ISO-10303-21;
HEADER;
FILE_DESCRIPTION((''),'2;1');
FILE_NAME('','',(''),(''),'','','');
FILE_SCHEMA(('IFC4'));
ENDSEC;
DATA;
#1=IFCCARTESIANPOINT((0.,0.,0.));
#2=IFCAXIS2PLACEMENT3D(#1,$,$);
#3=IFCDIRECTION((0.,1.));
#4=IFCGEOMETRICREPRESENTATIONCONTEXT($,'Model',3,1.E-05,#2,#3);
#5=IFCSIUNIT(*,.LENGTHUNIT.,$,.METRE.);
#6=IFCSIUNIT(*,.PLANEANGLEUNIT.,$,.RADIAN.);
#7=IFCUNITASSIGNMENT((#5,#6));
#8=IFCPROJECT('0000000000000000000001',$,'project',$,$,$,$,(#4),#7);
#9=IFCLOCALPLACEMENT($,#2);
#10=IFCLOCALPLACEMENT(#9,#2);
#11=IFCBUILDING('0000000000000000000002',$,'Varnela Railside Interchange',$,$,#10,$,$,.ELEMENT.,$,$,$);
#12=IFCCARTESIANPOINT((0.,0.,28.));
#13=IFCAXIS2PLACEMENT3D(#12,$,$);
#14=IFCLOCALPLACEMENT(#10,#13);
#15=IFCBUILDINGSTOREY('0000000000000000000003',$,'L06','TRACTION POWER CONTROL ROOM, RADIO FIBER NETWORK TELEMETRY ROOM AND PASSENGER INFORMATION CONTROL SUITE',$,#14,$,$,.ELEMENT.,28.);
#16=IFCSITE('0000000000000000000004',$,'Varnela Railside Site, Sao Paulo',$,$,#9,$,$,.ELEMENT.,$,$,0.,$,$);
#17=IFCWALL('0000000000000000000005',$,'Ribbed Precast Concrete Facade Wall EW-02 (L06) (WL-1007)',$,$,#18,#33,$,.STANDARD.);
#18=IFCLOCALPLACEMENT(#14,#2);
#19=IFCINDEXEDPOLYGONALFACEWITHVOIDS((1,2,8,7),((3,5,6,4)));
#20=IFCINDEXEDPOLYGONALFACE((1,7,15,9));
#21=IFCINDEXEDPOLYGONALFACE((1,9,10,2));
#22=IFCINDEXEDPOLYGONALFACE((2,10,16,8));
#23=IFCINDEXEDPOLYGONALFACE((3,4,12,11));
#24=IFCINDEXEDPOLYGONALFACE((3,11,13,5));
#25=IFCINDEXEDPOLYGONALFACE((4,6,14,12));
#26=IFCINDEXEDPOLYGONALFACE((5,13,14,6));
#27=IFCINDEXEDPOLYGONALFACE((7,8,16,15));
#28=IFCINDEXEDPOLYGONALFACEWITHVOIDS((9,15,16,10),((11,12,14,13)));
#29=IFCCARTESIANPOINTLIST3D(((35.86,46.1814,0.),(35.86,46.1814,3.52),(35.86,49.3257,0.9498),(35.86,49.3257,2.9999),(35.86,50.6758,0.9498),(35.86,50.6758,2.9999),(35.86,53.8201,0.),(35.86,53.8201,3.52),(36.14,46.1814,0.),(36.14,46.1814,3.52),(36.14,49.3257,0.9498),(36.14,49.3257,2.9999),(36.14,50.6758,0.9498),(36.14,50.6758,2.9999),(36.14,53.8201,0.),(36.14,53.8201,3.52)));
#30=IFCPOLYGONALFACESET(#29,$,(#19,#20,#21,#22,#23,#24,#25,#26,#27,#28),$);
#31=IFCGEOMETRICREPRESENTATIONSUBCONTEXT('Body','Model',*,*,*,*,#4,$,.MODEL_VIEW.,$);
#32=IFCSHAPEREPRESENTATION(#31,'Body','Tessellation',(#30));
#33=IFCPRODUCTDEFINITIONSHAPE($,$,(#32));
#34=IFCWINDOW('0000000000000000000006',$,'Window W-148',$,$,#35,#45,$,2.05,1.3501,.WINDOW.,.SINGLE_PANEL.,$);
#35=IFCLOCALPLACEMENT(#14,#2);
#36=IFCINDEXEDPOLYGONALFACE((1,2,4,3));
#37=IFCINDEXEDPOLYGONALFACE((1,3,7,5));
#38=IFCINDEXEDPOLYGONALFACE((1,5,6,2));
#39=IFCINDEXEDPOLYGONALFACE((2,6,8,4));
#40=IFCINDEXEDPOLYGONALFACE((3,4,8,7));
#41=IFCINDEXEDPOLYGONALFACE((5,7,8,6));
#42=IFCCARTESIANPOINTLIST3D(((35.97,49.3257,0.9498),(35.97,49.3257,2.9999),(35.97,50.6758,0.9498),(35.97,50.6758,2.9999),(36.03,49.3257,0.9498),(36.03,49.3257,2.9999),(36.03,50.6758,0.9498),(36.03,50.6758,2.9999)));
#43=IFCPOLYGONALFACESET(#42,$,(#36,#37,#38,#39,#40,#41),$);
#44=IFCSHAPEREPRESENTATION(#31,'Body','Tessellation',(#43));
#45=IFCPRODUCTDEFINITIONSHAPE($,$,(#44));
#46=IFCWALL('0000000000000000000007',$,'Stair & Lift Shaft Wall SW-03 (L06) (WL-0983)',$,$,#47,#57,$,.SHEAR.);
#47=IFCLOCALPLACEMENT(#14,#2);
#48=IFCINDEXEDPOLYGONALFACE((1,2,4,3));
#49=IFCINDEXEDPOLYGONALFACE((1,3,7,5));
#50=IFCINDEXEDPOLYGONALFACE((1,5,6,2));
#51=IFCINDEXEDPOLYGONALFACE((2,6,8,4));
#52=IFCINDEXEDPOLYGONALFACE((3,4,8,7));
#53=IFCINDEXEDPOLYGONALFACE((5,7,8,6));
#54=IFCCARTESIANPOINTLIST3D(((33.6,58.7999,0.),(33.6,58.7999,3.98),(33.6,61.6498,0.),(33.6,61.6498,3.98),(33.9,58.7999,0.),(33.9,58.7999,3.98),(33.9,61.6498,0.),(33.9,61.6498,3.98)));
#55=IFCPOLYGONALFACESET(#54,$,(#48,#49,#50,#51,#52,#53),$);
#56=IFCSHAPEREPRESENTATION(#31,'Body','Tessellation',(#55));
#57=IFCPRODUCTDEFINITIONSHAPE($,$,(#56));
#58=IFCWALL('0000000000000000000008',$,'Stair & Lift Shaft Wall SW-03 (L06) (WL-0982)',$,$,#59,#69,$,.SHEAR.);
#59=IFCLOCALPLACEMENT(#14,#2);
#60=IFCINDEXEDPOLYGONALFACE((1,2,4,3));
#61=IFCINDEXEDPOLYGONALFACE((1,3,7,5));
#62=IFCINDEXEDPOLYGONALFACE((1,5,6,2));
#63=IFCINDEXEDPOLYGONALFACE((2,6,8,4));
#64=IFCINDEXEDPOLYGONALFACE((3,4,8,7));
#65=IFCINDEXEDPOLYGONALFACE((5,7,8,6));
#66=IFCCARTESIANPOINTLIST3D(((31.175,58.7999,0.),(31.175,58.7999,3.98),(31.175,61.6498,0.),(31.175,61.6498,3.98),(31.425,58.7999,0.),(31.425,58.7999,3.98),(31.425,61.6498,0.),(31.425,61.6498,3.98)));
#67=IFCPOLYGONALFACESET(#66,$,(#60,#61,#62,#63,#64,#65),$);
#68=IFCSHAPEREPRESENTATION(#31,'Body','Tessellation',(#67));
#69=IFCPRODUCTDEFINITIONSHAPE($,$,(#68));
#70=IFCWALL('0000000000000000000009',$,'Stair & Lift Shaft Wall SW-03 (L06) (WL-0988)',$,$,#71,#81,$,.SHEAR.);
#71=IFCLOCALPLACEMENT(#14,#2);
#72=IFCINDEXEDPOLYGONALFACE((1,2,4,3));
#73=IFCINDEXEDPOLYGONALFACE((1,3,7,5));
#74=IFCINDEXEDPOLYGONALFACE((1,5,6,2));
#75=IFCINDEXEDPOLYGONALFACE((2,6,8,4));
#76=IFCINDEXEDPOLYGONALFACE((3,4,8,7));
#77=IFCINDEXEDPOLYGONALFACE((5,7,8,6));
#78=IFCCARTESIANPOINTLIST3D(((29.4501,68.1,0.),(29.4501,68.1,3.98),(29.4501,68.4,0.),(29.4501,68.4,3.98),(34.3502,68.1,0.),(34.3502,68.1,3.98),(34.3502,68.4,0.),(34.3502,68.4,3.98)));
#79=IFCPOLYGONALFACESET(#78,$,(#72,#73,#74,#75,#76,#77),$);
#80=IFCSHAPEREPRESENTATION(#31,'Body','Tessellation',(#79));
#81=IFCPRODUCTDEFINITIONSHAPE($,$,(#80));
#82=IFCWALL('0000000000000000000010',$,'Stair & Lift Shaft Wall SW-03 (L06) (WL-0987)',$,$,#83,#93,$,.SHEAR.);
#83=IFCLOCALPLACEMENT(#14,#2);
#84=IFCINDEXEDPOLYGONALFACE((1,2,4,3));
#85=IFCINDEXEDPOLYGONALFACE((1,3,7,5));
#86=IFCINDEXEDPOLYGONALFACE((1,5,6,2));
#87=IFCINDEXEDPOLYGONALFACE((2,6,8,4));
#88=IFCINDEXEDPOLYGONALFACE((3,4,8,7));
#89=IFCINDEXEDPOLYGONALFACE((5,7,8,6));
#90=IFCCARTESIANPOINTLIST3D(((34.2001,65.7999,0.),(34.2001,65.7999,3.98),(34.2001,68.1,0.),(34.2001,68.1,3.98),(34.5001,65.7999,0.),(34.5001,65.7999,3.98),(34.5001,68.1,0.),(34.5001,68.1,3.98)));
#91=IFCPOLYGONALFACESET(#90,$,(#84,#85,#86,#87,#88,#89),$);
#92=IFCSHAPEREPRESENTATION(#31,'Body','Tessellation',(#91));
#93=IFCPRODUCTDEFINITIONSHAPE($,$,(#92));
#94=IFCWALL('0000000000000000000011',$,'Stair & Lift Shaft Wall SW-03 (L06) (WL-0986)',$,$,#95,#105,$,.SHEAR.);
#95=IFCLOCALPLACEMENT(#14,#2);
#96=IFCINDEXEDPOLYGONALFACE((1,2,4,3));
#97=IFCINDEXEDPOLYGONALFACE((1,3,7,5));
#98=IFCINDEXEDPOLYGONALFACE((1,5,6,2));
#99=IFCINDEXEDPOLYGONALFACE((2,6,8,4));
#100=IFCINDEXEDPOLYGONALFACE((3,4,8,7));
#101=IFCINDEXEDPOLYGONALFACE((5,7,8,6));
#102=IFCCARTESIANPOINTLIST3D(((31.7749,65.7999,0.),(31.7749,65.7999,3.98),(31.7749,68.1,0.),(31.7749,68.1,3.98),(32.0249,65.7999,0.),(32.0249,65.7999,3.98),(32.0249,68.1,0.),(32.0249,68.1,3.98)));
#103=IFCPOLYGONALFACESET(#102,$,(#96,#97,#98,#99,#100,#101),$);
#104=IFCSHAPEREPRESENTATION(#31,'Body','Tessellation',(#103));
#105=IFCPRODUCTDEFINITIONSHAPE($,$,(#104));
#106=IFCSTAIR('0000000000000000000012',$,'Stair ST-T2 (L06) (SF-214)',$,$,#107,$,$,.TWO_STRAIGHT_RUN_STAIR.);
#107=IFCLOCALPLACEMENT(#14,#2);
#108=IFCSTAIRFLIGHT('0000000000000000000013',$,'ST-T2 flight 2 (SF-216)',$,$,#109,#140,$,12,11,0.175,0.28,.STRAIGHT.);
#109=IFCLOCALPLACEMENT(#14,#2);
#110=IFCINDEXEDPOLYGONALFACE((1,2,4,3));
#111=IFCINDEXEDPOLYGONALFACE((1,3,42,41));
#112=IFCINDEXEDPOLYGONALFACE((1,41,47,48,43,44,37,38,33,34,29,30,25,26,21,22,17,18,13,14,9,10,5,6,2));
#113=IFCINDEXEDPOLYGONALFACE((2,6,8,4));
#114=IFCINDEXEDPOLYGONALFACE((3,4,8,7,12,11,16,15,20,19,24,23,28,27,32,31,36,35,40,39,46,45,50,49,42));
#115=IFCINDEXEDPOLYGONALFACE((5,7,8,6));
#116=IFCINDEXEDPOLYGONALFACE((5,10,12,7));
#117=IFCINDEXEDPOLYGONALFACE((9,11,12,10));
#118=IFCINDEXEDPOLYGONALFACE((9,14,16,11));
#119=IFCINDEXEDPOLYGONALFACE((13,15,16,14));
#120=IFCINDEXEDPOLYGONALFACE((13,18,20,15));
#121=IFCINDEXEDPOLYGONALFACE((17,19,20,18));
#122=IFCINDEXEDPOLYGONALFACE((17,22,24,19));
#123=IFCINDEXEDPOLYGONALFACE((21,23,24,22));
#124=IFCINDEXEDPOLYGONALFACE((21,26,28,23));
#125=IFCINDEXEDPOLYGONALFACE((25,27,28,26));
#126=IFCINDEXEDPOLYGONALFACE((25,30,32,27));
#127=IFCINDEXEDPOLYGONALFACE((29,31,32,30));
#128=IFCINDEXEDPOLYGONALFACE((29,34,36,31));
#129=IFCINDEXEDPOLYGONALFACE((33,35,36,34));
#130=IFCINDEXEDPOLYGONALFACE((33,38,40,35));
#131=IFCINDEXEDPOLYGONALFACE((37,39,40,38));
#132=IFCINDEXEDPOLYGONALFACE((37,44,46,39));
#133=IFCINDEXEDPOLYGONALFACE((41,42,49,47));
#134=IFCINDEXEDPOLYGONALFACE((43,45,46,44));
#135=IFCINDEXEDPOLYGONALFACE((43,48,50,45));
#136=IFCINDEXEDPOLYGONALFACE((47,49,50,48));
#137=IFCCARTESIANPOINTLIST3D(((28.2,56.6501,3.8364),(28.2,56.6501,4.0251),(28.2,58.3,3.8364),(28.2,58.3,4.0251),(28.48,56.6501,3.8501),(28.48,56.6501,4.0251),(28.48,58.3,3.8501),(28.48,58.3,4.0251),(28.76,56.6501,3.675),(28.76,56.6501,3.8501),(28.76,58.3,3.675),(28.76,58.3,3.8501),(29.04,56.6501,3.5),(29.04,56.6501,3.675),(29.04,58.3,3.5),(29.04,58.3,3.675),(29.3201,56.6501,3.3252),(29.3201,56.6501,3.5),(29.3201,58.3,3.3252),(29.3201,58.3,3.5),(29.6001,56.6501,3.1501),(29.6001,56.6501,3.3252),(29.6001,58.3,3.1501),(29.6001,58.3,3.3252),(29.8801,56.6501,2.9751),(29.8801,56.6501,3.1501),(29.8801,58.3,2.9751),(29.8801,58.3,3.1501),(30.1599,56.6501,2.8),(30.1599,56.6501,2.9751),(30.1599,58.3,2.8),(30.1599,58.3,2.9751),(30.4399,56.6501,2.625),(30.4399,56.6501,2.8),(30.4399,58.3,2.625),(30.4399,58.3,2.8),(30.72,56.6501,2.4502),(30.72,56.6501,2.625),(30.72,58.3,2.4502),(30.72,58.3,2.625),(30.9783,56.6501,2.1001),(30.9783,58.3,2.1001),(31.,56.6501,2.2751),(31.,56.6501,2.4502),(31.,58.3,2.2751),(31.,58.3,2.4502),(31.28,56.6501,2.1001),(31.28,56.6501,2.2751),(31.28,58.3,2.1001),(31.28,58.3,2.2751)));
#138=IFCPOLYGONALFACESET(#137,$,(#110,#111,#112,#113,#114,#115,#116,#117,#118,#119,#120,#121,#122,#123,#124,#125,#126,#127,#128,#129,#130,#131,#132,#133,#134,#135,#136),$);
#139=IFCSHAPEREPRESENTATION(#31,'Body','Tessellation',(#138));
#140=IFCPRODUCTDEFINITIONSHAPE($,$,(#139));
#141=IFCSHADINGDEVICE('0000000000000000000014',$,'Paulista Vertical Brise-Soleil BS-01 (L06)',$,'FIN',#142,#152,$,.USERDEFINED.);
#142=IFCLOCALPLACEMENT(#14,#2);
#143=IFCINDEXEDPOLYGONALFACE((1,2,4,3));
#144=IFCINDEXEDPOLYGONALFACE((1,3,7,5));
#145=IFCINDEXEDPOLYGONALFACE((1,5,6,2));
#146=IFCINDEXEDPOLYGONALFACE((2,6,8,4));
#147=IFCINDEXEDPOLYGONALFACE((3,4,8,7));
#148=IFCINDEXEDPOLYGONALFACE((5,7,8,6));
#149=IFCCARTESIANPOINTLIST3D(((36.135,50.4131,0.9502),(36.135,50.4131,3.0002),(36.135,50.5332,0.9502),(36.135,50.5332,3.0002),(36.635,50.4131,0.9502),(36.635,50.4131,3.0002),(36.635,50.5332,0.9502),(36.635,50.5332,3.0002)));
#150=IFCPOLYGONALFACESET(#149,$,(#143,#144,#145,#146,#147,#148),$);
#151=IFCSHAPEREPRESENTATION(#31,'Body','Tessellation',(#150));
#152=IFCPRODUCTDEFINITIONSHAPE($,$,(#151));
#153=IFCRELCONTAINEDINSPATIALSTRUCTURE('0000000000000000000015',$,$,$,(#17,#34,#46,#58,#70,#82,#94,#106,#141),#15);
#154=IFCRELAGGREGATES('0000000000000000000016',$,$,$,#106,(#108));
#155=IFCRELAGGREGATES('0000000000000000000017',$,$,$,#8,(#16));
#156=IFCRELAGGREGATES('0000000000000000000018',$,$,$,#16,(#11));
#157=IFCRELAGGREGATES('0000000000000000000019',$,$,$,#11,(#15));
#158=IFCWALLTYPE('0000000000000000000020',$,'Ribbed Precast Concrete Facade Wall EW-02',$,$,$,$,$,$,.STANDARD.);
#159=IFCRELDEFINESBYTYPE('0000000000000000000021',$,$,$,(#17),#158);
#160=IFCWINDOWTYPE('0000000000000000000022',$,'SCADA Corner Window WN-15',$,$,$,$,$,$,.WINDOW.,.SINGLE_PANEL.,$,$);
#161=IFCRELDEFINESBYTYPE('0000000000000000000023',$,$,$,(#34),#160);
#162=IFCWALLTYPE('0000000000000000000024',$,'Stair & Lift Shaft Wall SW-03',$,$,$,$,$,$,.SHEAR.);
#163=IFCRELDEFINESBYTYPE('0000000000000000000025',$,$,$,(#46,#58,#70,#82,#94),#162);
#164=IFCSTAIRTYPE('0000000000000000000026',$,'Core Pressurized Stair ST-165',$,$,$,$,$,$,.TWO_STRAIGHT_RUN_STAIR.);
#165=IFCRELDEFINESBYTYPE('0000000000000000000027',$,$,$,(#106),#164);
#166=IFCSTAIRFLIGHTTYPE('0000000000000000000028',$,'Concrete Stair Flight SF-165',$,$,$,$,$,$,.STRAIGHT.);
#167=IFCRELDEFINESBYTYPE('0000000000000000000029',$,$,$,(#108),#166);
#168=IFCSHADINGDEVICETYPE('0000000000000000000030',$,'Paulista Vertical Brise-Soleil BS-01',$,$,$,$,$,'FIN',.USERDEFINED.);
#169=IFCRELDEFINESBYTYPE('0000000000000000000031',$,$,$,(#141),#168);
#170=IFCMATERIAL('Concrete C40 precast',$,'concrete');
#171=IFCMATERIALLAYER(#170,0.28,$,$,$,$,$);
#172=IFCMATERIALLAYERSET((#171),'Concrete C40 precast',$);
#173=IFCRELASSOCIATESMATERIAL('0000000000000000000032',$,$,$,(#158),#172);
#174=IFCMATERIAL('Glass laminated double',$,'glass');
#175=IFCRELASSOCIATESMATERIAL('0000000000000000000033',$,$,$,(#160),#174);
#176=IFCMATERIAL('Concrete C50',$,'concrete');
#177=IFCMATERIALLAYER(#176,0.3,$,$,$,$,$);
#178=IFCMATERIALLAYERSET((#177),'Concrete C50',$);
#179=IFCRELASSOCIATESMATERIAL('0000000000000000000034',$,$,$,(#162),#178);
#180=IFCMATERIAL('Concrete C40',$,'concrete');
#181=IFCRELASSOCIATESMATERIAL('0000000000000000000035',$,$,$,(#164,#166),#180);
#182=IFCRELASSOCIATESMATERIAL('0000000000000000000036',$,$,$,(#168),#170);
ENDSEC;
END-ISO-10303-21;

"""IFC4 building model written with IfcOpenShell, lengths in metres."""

from ifc_helpers import new_model, si_unit, direction, frame, frame_2d, origin, origin_2d, place, context, subcontext, project, spatial, polyline, rectangle, outline, extrude, material, layer, layer_set, type_object, element, fill, aggregate, save


model = new_model("IFC4")

# Units and contexts
model_context = context("Model", 3, precision=1e-05, world=origin(), true_north=direction((0.0, 1.0)))
body_context = subcontext(model_context, "Body", "Model", "MODEL_VIEW")
ifc_project = project(units=[si_unit("LENGTHUNIT", "METRE"), si_unit("PLANEANGLEUNIT", "RADIAN")], contexts=[model_context])

# Site, building, storey
site_placement = place(None, origin())
site = spatial("IfcSite", under=ifc_project, at=site_placement, Name="Varnela Railside Site, Sao Paulo", CompositionType="ELEMENT", RefElevation=0.0)
building_placement = place(site_placement, origin())
building = spatial("IfcBuilding", under=site, at=building_placement, Name="Varnela Railside Interchange", CompositionType="ELEMENT")
storey_placement = place(building_placement, frame((0.0, 0.0, 28.0)))
storey = spatial("IfcBuildingStorey", under=building, at=storey_placement, Name="L06", Description="TRACTION POWER CONTROL ROOM, RADIO FIBER NETWORK TELEMETRY ROOM AND PASSENGER INFORMATION CONTROL SUITE", CompositionType="ELEMENT", Elevation=28.0)

# Shared definitions
ifc_material_1 = material(Name="Concrete C40", Category="concrete")

# Shared definitions
ifc_material_2 = material(Name="Concrete C50", Category="concrete")

# Wall, opening, window
ifc_material_3 = material(Name="Glass laminated double", Category="glass")
ifc_material_4 = material(Name="Concrete C40 precast", Category="concrete")
ifc_layer_1 = layer(ifc_material_4, 0.28)
ifc_layer_set_1 = layer_set([ifc_layer_1], Name="Concrete C40 precast")
wall_type_1 = type_object("IfcWallType", Name="Ribbed Precast Concrete Facade Wall EW-02", PredefinedType="STANDARD", material=ifc_layer_set_1)
wall_1_placement = place(storey_placement, frame((36.0, 53.8201, 0.0), z_axis=(0.0, 0.0, 1.0), x_axis=(0.0, -1.0, 0.0)))
wall_1 = element("IfcWall", 1, at=wall_1_placement, inside=storey, type_object=wall_type_1, Name="Ribbed Precast Concrete Facade Wall EW-02 (L06) (WL-1007)", PredefinedType="STANDARD", context=body_context, shape_type="SweptSolid", body=[
    extrude(rectangle(XDim=7.6387, YDim=0.28, at=frame_2d((3.8193, 0.0))), origin(), (0.0, 0.0, 1.0), 3.52),
])
opening_1_placement = place(wall_1_placement, frame((3.1443, 0.0, 0.95)))
opening_1 = element("IfcOpeningElement", 2, at=opening_1_placement, cuts=wall_1, PredefinedType="OPENING", context=body_context, shape_type="SweptSolid", body=[
    extrude(rectangle(XDim=1.3501, YDim=2.05, at=frame_2d((0.675, 1.0249))), frame((0.0, 0.1499, 0.0), z_axis=(0.0, -1.0, 0.0), x_axis=(1.0, 0.0, 0.0)), (0.0, 0.0, 1.0), 0.3),
])
window_type_1 = type_object("IfcWindowType", Name="SCADA Corner Window WN-15", PartitioningType="SINGLE_PANEL", PredefinedType="WINDOW", material=ifc_material_3)
window_1_placement = place(opening_1_placement, origin())
window_1 = element("IfcWindow", 3, at=window_1_placement, inside=storey, type_object=window_type_1, Name="Window W-148", OverallHeight=2.05, OverallWidth=1.3501, PartitioningType="SINGLE_PANEL", PredefinedType="WINDOW", context=body_context, shape_type="SweptSolid", body=[
    extrude(rectangle(XDim=1.3501, YDim=2.05, at=frame_2d((0.675, 1.0249))), frame((0.0, 0.03, 0.0), z_axis=(0.0, -1.0, 0.0), x_axis=(1.0, 0.0, 0.0)), (0.0, 0.0, 1.0), 0.0601),
])
fill(opening_1, window_1)

# Walls
ifc_layer_2 = layer(ifc_material_2, 0.3)
ifc_layer_set_2 = layer_set([ifc_layer_2], Name="Concrete C50")
wall_type_2 = type_object("IfcWallType", Name="Stair & Lift Shaft Wall SW-03", PredefinedType="SHEAR", material=ifc_layer_set_2)
wall_2_placement = place(storey_placement, frame((33.75, 58.8, 0.0), z_axis=(0.0, 0.0, 1.0), x_axis=(0.0, 1.0, 0.0)))
element("IfcWall", 4, at=wall_2_placement, inside=storey, type_object=wall_type_2, Name="Stair & Lift Shaft Wall SW-03 (L06) (WL-0983)", PredefinedType="SHEAR", context=body_context, shape_type="SweptSolid", body=[
    extrude(rectangle(XDim=2.8499, YDim=0.3, at=frame_2d((1.4248, 0.0))), origin(), (0.0, 0.0, 1.0), 3.98),
])
wall_3_placement = place(storey_placement, frame((31.3, 58.8, 0.0), z_axis=(0.0, 0.0, 1.0), x_axis=(0.0, 1.0, 0.0)))
element("IfcWall", 5, at=wall_3_placement, inside=storey, type_object=wall_type_2, Name="Stair & Lift Shaft Wall SW-03 (L06) (WL-0982)", PredefinedType="SHEAR", context=body_context, shape_type="SweptSolid", body=[
    extrude(rectangle(XDim=2.8499, YDim=0.25, at=frame_2d((1.4248, 0.0))), origin(), (0.0, 0.0, 1.0), 3.98),
])
wall_4_placement = place(storey_placement, frame((29.45, 68.25, 0.0), z_axis=(0.0, 0.0, 1.0), x_axis=(1.0, 0.0, 0.0)))
element("IfcWall", 6, at=wall_4_placement, inside=storey, type_object=wall_type_2, Name="Stair & Lift Shaft Wall SW-03 (L06) (WL-0988)", PredefinedType="SHEAR", context=body_context, shape_type="SweptSolid", body=[
    extrude(rectangle(XDim=4.9001, YDim=0.3, at=frame_2d((2.4502, 0.0))), origin(), (0.0, 0.0, 1.0), 3.98),
])
wall_5_placement = place(storey_placement, frame((34.3501, 65.8, 0.0), z_axis=(0.0, 0.0, 1.0), x_axis=(0.0, 1.0, 0.0)))
element("IfcWall", 7, at=wall_5_placement, inside=storey, type_object=wall_type_2, Name="Stair & Lift Shaft Wall SW-03 (L06) (WL-0987)", PredefinedType="SHEAR", context=body_context, shape_type="SweptSolid", body=[
    extrude(rectangle(XDim=2.3, YDim=0.3, at=frame_2d((1.1499, 0.0))), origin(), (0.0, 0.0, 1.0), 3.98),
])
wall_6_placement = place(storey_placement, frame((31.8999, 65.8, 0.0), z_axis=(0.0, 0.0, 1.0), x_axis=(0.0, 1.0, 0.0)))
element("IfcWall", 8, at=wall_6_placement, inside=storey, type_object=wall_type_2, Name="Stair & Lift Shaft Wall SW-03 (L06) (WL-0986)", PredefinedType="SHEAR", context=body_context, shape_type="SweptSolid", body=[
    extrude(rectangle(XDim=2.3, YDim=0.25, at=frame_2d((1.1499, 0.0))), origin(), (0.0, 0.0, 1.0), 3.98),
])

# Stair, stair flight
stair_type = type_object("IfcStairType", Name="Core Pressurized Stair ST-165", PredefinedType="TWO_STRAIGHT_RUN_STAIR", material=ifc_material_1)
stair_placement = place(storey_placement, origin())
stair = element("IfcStair", 9, at=stair_placement, inside=storey, type_object=stair_type, Name="Stair ST-T2 (L06) (SF-214)", PredefinedType="TWO_STRAIGHT_RUN_STAIR")
stair_flight_type = type_object("IfcStairFlightType", Name="Concrete Stair Flight SF-165", PredefinedType="STRAIGHT", material=ifc_material_1)
stair_flight_placement = place(storey_placement, frame((31.28, 57.4751, 2.1001), z_axis=(0.0, 0.0, 1.0), x_axis=(-1.0, 0.0, 0.0)))
stair_flight = element("IfcStairFlight", 10, at=stair_flight_placement, type_object=stair_flight_type, Name="ST-T2 flight 2 (SF-216)", NumberOfRisers=12, NumberOfTreads=11, PredefinedType="STRAIGHT", RiserHeight=0.175, TreadLength=0.28, context=body_context, shape_type="SweptSolid", body=[
    extrude(outline(polyline([(0.0, 0.0), (0.0, 0.175), (0.28, 0.175), (0.28, 0.3501), (0.5601, 0.3501), (0.5601, 0.5249), (0.8401, 0.5249), (0.8401, 0.7), (1.1201, 0.7), (1.1201, 0.875), (1.3999, 0.875), (1.3999, 1.05), (1.6799, 1.05), (1.6799, 1.2251), (1.96, 1.2251), (1.96, 1.3999), (2.24, 1.3999), (2.24, 1.575), (2.52, 1.575), (2.52, 1.75), (2.8, 1.75), (2.8, 1.925), (3.0801, 1.925), (3.0801, 2.1001), (3.0801, 1.7363), (0.3018, 0.0), (0.0, 0.0)])), frame((0.0, 0.825, 0.0), z_axis=(0.0, -1.0, 0.0), x_axis=(1.0, 0.0, 0.0)), (0.0, 0.0, 1.0), 1.6499),
])
aggregate(stair, [stair_flight])

# Shading device
shading_device_type = type_object("IfcShadingDeviceType", Name="Paulista Vertical Brise-Soleil BS-01", ElementType="FIN", PredefinedType="USERDEFINED", material=ifc_material_4)
shading_device_placement = place(storey_placement, frame((36.385, 50.4731, 0.9502), z_axis=(0.0, 0.0, 1.0), x_axis=(1.0, 0.0, 0.0)))
element("IfcShadingDevice", 11, at=shading_device_placement, inside=storey, type_object=shading_device_type, Name="Paulista Vertical Brise-Soleil BS-01 (L06)", ObjectType="FIN", PredefinedType="USERDEFINED", context=body_context, shape_type="SweptSolid", body=[
    extrude(rectangle(XDim=0.5, YDim=0.1201, at=origin_2d()), origin(), (0.0, 0.0, 1.0), 2.05),
])

save(model, "model.ifc")
